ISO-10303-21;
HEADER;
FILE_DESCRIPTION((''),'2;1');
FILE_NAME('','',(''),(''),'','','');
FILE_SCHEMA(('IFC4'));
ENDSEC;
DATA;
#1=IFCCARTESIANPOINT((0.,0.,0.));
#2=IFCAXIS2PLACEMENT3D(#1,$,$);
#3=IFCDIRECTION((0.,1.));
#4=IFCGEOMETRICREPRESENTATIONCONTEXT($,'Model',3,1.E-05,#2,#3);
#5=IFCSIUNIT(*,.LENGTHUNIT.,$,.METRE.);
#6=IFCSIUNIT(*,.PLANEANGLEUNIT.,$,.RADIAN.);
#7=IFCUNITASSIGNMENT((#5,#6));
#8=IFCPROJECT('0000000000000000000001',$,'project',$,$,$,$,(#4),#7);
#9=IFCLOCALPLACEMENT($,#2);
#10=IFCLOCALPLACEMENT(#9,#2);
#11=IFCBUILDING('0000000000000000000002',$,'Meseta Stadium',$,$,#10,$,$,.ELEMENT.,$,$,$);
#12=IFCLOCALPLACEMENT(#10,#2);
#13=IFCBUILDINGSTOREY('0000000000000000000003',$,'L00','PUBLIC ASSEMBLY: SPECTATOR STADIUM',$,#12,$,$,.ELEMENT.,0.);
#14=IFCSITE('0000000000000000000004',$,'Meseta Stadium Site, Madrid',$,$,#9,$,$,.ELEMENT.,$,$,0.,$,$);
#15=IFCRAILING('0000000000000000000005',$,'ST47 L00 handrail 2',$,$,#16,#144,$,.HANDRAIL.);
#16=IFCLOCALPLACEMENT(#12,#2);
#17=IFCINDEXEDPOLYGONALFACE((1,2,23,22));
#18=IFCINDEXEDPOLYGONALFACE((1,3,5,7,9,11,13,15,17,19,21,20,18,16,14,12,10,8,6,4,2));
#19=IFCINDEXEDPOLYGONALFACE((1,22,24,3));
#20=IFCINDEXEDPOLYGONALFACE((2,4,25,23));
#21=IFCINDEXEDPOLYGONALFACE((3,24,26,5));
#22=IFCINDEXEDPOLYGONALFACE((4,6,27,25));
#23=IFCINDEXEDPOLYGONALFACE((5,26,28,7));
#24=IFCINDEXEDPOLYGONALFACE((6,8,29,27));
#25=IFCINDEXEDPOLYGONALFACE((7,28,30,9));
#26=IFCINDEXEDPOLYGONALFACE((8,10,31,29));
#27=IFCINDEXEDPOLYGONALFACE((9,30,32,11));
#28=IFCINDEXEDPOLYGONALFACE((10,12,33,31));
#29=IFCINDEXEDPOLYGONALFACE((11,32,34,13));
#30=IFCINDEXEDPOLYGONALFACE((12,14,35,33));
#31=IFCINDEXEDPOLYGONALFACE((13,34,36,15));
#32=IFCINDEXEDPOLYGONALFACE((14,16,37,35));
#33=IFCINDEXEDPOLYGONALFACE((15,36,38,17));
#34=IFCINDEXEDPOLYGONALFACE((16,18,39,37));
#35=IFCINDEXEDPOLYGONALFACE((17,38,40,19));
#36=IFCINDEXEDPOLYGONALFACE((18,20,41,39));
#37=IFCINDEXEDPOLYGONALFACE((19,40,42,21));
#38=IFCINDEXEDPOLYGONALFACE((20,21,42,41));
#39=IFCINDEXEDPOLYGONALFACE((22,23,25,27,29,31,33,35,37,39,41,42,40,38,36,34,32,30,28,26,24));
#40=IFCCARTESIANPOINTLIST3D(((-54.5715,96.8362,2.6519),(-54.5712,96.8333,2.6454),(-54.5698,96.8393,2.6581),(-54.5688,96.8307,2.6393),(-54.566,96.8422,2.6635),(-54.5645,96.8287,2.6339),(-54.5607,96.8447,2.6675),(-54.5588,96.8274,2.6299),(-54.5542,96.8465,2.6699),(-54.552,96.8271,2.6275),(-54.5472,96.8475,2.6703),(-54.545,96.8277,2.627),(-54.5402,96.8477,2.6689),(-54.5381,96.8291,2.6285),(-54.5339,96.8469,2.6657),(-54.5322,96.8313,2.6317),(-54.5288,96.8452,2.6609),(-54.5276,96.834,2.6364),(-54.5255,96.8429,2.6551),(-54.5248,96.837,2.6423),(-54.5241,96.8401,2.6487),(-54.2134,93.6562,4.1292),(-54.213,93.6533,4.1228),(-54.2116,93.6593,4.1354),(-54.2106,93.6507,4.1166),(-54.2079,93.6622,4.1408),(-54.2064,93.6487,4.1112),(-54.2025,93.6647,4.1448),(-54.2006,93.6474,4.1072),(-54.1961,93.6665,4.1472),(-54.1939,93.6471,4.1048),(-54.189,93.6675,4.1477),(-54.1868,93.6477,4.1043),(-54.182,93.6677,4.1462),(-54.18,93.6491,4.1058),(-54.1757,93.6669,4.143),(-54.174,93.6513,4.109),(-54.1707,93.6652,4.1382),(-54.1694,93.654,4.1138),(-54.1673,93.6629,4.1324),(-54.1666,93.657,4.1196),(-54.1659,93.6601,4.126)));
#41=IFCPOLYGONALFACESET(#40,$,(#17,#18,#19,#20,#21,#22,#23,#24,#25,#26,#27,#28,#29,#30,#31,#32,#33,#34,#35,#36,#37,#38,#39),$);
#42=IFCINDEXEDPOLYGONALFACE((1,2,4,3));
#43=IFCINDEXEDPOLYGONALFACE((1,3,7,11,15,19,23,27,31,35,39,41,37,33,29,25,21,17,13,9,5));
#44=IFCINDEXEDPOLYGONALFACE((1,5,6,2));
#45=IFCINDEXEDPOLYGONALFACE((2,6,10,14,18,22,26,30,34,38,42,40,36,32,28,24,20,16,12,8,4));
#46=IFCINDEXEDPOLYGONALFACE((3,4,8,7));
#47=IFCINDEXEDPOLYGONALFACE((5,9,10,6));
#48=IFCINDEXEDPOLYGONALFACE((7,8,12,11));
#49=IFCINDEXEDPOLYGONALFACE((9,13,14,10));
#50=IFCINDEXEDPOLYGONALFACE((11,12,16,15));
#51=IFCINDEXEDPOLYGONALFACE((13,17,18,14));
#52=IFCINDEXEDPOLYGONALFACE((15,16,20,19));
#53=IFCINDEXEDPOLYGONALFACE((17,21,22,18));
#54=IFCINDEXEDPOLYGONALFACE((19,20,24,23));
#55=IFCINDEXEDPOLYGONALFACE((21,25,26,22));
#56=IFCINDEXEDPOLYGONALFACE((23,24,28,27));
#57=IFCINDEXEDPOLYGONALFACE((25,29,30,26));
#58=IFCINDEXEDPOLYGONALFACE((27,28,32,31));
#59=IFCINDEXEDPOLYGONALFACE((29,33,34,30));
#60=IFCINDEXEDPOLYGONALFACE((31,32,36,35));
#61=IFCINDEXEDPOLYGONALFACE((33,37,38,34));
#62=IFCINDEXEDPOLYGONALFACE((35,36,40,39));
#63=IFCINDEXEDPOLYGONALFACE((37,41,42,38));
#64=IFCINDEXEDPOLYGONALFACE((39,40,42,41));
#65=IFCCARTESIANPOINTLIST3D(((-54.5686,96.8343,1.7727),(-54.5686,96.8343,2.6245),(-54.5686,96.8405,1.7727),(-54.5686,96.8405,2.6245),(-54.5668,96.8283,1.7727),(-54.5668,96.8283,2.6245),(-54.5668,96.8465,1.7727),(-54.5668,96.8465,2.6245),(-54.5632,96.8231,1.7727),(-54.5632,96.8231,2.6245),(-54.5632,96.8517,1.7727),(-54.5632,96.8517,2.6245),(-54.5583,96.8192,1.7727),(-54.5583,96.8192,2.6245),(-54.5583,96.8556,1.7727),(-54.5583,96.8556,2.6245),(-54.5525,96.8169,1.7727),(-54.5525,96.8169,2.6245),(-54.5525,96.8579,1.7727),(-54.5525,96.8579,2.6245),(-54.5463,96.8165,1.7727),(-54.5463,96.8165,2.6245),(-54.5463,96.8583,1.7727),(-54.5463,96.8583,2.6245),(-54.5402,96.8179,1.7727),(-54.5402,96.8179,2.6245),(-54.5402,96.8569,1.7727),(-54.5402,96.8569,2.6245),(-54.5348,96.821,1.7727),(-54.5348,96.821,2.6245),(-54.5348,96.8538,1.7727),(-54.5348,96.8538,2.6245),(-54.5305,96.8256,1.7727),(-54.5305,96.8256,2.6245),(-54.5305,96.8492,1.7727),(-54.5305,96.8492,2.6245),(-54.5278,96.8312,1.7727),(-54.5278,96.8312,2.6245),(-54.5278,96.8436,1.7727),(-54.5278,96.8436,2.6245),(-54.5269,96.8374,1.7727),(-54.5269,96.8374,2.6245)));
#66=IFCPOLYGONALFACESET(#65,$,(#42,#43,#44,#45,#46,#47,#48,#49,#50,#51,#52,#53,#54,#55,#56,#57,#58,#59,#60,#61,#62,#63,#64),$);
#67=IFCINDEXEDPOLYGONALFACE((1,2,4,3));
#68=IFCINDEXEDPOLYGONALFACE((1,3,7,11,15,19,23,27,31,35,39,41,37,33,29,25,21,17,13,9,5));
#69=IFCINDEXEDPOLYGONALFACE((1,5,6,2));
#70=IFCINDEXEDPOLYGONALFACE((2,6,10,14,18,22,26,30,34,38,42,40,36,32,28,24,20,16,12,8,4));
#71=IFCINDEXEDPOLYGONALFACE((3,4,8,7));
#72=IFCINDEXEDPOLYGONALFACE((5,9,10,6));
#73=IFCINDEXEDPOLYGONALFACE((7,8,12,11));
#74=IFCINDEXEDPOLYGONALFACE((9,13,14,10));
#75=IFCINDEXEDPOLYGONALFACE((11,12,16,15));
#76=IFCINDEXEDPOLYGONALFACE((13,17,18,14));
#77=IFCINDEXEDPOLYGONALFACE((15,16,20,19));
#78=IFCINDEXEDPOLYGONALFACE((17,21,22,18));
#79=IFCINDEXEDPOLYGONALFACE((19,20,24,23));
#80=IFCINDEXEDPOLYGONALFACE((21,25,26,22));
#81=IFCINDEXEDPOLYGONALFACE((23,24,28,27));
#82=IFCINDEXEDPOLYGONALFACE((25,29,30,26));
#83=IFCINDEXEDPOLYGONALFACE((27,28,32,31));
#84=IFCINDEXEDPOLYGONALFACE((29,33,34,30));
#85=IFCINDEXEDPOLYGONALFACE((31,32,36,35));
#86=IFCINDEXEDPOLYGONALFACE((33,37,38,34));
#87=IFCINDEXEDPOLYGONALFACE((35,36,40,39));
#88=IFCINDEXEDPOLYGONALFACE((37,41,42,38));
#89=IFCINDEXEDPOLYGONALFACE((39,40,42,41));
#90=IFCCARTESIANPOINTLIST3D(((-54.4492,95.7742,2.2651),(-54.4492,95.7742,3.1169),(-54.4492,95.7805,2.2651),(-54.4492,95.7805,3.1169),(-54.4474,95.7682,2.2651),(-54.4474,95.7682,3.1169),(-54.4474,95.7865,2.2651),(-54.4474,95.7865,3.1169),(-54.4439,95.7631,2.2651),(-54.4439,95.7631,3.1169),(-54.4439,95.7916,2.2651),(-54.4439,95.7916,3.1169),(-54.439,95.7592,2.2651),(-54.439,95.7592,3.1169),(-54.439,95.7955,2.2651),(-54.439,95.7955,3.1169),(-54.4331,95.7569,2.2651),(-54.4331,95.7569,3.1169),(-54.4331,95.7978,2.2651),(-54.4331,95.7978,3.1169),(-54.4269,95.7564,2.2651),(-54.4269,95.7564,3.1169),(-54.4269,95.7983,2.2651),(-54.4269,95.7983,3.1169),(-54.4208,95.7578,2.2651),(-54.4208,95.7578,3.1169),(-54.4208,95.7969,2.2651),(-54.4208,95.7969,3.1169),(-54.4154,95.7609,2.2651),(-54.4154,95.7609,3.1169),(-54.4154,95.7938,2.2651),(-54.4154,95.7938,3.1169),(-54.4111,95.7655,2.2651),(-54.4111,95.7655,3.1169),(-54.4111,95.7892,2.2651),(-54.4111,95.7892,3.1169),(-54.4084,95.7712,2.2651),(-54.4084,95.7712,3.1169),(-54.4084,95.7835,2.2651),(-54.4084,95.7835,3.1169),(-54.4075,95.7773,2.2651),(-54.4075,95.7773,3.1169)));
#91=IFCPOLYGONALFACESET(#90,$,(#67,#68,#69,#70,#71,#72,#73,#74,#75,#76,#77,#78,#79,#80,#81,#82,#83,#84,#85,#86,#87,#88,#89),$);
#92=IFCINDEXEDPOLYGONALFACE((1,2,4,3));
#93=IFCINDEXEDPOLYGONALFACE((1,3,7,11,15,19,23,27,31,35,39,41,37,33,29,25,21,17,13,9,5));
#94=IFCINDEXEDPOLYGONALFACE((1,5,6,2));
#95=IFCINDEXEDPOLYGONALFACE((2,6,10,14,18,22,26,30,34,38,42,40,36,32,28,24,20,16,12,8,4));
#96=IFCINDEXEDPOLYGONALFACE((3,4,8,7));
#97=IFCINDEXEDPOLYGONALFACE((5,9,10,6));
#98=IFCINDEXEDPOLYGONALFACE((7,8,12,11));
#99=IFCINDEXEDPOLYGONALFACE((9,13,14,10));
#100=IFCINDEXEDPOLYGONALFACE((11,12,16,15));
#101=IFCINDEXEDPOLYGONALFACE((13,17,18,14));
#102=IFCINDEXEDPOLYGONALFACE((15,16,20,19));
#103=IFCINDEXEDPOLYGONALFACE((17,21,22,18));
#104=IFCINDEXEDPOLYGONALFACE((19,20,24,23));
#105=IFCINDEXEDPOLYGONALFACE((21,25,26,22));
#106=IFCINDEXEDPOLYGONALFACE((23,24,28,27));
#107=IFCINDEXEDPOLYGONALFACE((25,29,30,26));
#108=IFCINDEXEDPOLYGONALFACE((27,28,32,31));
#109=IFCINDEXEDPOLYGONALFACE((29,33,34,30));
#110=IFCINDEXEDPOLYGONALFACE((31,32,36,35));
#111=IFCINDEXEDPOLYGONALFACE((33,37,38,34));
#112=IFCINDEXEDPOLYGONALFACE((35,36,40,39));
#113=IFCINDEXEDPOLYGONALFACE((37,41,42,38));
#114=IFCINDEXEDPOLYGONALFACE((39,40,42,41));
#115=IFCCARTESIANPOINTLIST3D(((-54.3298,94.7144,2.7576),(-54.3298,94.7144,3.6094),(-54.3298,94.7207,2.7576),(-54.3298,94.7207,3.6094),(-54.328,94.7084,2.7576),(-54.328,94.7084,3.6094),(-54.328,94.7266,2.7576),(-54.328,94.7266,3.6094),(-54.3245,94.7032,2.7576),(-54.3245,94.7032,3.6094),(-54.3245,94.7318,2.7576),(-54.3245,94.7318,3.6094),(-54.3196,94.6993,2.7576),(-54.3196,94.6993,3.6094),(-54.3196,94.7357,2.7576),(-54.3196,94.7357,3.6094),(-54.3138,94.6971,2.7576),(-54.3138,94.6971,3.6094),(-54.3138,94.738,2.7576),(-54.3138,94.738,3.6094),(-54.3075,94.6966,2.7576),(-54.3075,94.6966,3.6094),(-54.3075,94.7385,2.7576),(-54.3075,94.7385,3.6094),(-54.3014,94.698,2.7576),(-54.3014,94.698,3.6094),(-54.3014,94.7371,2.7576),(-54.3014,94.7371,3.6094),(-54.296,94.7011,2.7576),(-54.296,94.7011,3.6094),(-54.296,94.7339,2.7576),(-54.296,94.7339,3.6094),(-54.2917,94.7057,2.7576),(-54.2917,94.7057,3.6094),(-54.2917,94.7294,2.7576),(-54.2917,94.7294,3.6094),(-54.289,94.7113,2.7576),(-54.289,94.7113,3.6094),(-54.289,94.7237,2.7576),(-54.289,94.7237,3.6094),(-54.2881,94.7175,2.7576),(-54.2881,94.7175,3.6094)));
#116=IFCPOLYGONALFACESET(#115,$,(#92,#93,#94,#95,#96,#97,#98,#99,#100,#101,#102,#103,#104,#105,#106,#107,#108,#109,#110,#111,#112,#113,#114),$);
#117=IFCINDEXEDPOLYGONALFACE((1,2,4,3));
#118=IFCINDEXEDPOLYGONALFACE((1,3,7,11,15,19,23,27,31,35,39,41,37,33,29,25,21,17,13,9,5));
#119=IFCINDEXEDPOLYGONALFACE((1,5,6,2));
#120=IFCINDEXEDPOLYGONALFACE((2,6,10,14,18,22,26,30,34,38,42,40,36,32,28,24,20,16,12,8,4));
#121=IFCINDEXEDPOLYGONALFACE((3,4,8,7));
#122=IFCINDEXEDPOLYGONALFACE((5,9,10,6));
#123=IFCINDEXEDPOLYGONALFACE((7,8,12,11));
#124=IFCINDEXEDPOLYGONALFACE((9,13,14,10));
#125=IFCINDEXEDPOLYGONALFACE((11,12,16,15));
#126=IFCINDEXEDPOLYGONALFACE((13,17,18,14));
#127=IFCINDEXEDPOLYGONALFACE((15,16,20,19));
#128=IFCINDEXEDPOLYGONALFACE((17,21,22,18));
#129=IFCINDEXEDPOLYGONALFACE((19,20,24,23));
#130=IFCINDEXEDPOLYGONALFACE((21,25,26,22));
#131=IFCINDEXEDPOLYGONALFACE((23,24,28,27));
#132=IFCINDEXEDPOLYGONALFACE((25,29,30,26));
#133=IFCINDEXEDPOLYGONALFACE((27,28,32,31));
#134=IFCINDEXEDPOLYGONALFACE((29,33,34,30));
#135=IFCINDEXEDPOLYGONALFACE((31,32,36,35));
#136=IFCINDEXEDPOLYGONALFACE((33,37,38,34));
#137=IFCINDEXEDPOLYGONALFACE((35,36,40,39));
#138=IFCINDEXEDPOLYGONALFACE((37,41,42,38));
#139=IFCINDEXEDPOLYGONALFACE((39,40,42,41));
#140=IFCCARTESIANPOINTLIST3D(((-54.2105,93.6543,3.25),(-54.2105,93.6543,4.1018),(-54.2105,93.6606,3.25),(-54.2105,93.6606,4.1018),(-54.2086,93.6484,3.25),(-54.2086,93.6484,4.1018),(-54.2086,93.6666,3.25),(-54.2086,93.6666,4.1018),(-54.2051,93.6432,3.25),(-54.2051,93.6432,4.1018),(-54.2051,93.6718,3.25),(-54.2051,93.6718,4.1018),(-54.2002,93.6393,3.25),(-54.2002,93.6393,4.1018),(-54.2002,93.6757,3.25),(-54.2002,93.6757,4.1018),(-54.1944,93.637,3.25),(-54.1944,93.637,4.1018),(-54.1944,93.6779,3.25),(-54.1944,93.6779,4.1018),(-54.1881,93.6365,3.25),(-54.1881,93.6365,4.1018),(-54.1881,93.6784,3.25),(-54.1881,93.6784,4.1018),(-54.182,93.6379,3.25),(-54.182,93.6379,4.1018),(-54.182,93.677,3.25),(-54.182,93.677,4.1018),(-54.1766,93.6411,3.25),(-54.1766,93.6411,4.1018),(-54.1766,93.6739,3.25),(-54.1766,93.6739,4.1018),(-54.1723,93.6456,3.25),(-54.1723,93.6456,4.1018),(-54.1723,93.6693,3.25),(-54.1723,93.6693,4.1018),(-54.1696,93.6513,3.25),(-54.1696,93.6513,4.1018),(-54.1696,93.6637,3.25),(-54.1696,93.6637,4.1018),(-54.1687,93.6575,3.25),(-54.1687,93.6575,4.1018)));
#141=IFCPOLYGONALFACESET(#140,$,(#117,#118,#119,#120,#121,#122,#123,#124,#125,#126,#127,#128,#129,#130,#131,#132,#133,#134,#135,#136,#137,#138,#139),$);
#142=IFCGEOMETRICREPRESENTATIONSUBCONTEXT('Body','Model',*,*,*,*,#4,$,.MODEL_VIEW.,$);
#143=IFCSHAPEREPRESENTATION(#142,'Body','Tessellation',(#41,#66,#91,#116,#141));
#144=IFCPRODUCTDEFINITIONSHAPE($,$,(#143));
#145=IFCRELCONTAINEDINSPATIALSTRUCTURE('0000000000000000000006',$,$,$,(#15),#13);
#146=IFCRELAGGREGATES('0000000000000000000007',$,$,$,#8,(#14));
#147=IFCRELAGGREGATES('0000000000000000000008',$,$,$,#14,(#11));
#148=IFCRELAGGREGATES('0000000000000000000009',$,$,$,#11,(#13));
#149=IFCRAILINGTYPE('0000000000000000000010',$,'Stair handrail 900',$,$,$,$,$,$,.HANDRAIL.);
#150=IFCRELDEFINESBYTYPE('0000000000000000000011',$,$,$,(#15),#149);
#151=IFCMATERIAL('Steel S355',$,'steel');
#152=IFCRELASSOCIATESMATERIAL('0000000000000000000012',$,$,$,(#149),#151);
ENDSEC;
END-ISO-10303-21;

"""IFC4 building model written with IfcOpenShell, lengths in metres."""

from ifc_helpers import new_model, si_unit, direction, frame, origin, origin_2d, place, context, subcontext, project, spatial, circle, extrude, material, type_object, element, save


model = new_model("IFC4")

# Units and contexts
model_context = context("Model", 3, precision=1e-05, world=origin(), true_north=direction((0.0, 1.0)))
body_context = subcontext(model_context, "Body", "Model", "MODEL_VIEW")
ifc_project = project(units=[si_unit("LENGTHUNIT", "METRE"), si_unit("PLANEANGLEUNIT", "RADIAN")], contexts=[model_context])

# Site, building, storey
site_placement = place(None, origin())
site = spatial("IfcSite", under=ifc_project, at=site_placement, Name="Meseta Stadium Site, Madrid", CompositionType="ELEMENT", RefElevation=0.0)
building_placement = place(site_placement, origin())
building = spatial("IfcBuilding", under=site, at=building_placement, Name="Meseta Stadium", CompositionType="ELEMENT")
storey_placement = place(building_placement, origin())
storey = spatial("IfcBuildingStorey", under=building, at=storey_placement, Name="L00", Description="PUBLIC ASSEMBLY: SPECTATOR STADIUM", CompositionType="ELEMENT", Elevation=0.0)

# Railing
ifc_material_1 = material(Name="Steel S355", Category="steel")
railing_type_1 = type_object("IfcRailingType", Name="Stair handrail 900", PredefinedType="HANDRAIL", material=ifc_material_1)
for number, where, name in (
    (1, (-54.5479, 96.8374, 1.7727), "ST47 L00 handrail 2"),
):
    element("IfcRailing", number, at=place(storey_placement, frame(where)), inside=storey, type_object=railing_type_1, Name=name, PredefinedType="HANDRAIL", context=body_context, shape_type="SweptSolid", body=[
        extrude(circle(Radius=0.0239, at=origin_2d()), frame((0.0, 0.0, 0.876), z_axis=(0.101616, -0.902217, 0.419141), x_axis=(0.993717, 0.111922, 0.0)), (0.0, 0.0, 1.0), 3.5247),
        extrude(circle(Radius=0.021, at=origin_2d()), origin(), (0.0, 0.0, 1.0), 0.8518),
        extrude(circle(Radius=0.021, at=origin_2d()), frame((0.1194, -1.0601, 0.4924)), (0.0, 0.0, 1.0), 0.8518),
        extrude(circle(Radius=0.021, at=origin_2d()), frame((0.2388, -2.1199, 0.9849)), (0.0, 0.0, 1.0), 0.8518),
        extrude(circle(Radius=0.021, at=origin_2d()), frame((0.3582, -3.1799, 1.4773)), (0.0, 0.0, 1.0), 0.8518),
    ])

save(model, "model.ifc")
